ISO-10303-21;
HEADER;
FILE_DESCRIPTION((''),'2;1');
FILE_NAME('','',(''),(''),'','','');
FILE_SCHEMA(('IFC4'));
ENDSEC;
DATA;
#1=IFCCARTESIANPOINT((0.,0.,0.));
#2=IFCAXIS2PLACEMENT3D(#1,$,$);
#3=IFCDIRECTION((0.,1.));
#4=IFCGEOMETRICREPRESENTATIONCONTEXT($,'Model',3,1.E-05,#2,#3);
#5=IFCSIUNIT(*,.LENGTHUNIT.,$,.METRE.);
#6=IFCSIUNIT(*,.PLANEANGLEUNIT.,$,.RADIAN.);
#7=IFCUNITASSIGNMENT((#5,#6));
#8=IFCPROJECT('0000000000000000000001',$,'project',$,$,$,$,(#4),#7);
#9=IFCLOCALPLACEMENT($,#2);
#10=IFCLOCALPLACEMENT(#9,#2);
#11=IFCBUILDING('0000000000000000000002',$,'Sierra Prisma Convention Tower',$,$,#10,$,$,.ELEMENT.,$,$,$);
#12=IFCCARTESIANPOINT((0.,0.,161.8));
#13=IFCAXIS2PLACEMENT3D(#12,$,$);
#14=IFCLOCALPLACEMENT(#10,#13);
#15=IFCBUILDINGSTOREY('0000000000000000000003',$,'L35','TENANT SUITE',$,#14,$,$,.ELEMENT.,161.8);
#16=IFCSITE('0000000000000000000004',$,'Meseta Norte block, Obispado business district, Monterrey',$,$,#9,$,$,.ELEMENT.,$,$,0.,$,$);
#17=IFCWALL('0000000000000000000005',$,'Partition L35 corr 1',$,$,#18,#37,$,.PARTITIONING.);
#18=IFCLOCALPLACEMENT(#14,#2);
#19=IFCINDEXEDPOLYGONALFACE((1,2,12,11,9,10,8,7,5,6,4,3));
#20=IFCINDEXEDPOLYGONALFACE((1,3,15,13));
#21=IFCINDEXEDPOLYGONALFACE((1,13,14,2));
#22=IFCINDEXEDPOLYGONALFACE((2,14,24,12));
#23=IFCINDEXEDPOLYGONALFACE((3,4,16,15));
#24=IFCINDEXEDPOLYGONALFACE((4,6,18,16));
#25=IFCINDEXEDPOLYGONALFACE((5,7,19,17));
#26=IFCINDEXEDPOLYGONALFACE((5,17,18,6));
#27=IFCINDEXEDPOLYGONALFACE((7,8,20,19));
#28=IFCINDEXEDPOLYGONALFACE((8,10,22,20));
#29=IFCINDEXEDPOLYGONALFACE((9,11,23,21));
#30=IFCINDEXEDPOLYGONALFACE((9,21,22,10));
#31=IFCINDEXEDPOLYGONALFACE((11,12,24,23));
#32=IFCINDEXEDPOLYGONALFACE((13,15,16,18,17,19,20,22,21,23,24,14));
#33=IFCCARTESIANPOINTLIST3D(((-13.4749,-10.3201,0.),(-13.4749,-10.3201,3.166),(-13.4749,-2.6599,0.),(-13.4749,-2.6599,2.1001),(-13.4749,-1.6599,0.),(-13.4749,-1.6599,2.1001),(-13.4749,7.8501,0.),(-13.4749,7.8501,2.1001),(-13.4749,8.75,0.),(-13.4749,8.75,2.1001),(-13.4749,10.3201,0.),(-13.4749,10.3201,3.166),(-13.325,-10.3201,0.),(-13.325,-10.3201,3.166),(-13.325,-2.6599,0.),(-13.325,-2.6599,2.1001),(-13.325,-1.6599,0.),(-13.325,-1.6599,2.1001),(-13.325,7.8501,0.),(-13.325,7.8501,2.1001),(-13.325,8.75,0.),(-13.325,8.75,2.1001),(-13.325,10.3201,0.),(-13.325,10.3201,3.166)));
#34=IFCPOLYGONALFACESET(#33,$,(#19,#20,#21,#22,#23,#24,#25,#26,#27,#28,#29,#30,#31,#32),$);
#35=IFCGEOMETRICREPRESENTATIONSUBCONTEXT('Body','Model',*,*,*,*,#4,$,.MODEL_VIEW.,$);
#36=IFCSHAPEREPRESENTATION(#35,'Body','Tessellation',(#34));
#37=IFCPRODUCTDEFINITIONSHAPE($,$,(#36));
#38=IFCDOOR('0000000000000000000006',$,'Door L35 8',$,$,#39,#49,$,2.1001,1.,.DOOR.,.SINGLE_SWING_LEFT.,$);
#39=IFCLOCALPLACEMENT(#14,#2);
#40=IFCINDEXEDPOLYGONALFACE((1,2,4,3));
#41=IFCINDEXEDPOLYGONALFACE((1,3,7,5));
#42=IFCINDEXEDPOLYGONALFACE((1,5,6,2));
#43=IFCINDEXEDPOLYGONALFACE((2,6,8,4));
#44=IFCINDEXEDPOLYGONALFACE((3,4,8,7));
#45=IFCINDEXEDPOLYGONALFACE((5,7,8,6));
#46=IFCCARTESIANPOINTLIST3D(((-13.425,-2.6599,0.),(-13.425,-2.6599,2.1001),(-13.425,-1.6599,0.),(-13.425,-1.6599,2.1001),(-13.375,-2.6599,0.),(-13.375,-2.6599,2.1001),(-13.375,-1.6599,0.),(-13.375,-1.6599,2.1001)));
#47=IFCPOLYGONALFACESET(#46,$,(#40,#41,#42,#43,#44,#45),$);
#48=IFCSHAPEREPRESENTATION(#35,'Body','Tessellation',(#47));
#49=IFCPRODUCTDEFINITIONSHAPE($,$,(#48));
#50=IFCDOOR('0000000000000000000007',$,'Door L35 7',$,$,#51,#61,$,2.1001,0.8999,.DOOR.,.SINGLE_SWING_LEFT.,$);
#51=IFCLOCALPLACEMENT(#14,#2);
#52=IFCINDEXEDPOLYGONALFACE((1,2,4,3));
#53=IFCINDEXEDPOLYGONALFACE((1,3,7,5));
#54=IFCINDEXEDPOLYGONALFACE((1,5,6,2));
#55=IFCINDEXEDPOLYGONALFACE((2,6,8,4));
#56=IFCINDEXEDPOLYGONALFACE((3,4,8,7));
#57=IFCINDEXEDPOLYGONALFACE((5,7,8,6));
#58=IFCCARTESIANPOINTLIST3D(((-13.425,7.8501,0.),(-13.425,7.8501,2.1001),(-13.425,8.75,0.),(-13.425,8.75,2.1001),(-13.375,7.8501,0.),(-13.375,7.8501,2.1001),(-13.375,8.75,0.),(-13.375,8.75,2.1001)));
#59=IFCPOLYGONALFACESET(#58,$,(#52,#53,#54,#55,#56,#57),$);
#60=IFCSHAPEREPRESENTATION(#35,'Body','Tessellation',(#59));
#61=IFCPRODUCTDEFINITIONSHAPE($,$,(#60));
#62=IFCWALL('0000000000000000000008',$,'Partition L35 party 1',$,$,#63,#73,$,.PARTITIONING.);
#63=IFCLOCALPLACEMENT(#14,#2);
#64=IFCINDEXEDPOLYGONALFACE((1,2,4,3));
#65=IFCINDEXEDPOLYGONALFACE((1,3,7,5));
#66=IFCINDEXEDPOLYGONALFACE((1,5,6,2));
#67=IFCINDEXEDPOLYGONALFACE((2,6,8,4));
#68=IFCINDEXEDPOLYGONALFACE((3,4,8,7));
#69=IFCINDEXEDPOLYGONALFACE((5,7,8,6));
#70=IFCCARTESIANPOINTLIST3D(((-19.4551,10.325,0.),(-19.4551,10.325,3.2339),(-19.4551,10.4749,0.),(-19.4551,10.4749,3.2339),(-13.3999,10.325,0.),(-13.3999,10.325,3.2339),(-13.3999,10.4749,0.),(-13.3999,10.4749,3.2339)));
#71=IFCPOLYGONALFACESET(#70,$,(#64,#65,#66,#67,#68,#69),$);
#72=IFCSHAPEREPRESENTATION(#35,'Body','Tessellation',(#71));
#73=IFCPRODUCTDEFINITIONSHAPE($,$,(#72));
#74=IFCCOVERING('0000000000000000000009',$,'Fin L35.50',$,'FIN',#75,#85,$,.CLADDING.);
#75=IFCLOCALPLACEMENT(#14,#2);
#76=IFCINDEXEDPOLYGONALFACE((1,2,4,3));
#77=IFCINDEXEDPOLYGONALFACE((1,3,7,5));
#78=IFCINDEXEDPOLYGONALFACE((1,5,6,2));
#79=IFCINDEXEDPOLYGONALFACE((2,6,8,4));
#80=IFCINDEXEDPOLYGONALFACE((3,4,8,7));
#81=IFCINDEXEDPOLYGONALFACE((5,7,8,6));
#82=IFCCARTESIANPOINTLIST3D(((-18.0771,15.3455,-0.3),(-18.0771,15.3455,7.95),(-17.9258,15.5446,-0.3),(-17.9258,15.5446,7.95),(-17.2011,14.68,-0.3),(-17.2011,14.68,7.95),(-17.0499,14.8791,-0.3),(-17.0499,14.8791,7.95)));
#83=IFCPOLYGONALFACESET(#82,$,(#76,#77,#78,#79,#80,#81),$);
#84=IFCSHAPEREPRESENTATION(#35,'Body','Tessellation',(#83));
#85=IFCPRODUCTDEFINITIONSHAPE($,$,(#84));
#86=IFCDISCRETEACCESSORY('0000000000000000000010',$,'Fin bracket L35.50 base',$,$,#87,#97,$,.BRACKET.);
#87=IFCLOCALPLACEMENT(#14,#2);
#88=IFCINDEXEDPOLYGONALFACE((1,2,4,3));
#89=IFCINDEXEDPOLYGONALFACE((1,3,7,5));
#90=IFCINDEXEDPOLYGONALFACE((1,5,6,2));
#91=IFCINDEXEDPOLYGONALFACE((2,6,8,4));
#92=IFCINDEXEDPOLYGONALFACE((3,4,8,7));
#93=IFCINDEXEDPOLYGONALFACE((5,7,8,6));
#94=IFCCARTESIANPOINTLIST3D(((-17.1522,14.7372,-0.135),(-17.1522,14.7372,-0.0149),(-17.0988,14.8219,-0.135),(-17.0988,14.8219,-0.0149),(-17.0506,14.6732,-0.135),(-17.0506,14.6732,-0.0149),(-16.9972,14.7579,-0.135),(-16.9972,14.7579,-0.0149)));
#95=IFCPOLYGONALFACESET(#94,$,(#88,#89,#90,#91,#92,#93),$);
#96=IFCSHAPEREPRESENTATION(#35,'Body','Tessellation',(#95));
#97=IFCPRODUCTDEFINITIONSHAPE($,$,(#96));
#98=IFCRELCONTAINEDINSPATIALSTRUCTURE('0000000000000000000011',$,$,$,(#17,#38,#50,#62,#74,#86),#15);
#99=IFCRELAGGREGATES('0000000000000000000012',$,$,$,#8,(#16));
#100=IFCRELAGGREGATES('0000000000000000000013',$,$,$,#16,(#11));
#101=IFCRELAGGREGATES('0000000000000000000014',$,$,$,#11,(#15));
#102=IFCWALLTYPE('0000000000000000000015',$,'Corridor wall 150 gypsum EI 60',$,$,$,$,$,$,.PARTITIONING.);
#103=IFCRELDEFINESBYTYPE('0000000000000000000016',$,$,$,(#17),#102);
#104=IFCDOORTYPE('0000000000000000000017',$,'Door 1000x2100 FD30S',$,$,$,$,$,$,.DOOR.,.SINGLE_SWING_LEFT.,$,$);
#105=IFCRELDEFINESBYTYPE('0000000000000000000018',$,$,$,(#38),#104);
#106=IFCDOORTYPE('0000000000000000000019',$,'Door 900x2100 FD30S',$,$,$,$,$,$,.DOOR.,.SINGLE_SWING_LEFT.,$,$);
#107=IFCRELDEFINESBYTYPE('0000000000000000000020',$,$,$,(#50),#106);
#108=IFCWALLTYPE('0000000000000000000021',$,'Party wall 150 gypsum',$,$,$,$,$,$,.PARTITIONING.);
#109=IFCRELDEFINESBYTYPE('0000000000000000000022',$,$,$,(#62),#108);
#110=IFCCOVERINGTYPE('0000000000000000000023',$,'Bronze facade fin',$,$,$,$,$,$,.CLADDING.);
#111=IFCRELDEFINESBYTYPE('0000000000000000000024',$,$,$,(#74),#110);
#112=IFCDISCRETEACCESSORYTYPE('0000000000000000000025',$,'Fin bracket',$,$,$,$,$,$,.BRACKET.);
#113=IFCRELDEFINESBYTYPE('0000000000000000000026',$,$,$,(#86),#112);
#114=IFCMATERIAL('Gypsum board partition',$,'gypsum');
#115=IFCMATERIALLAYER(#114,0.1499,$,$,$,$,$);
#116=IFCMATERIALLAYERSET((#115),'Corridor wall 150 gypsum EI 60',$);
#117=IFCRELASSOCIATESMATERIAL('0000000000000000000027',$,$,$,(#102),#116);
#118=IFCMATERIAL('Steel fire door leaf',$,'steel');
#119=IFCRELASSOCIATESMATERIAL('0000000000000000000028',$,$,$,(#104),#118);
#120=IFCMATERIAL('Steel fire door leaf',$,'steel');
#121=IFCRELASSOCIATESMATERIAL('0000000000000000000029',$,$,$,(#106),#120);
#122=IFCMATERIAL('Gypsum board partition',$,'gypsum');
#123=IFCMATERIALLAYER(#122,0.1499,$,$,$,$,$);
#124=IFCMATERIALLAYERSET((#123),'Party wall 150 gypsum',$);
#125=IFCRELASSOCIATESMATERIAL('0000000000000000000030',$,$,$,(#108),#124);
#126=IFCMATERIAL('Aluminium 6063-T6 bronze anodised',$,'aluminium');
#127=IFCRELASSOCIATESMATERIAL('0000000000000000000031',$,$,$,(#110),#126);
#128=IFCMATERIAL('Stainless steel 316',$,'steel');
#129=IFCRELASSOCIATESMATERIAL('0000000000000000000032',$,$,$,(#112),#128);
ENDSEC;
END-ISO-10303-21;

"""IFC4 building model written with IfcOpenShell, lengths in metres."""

from ifc_helpers import new_model, si_unit, direction, frame, frame_2d, origin, origin_2d, place, context, subcontext, project, spatial, rectangle, extrude, material, layer, layer_set, material_profile, profile_set, type_object, element, fill, save


model = new_model("IFC4")

# Units and contexts
model_context = context("Model", 3, precision=1e-05, world=origin(), true_north=direction((0.0, 1.0)))
body_context = subcontext(model_context, "Body", "Model", "MODEL_VIEW")
ifc_project = project(units=[si_unit("LENGTHUNIT", "METRE"), si_unit("PLANEANGLEUNIT", "RADIAN")], contexts=[model_context])

# Site, building, storey
site_placement = place(None, origin())
site = spatial("IfcSite", under=ifc_project, at=site_placement, Name="Meseta Norte block, Obispado business district, Monterrey", CompositionType="ELEMENT", RefElevation=0.0)
building_placement = place(site_placement, origin())
building = spatial("IfcBuilding", under=site, at=building_placement, Name="Sierra Prisma Convention Tower", CompositionType="ELEMENT")
storey_placement = place(building_placement, frame((0.0, 0.0, 161.8)))
storey = spatial("IfcBuildingStorey", under=building, at=storey_placement, Name="L35", Description="TENANT SUITE", CompositionType="ELEMENT", Elevation=161.8)

# Wall, openings, doors
ifc_material_1 = material(Name="Gypsum board partition", Category="gypsum")
ifc_layer_1 = layer(ifc_material_1, 0.1499)
ifc_layer_set_1 = layer_set([ifc_layer_1], Name="Corridor wall 150 gypsum EI 60")
wall_type_1 = type_object("IfcWallType", Name="Corridor wall 150 gypsum EI 60", PredefinedType="PARTITIONING", material=ifc_layer_set_1)
wall_1_placement = place(storey_placement, frame((-13.3999, 10.3201, 0.0), z_axis=(0.0, 0.0, 1.0), x_axis=(0.0, -1.0, 0.0)))
wall_1 = element("IfcWall", 1, at=wall_1_placement, inside=storey, type_object=wall_type_1, Name="Partition L35 corr 1", PredefinedType="PARTITIONING", context=body_context, shape_type="SweptSolid", body=[
    extrude(rectangle(XDim=20.6401, YDim=0.1499, at=frame_2d((10.3201, 0.0))), origin(), (0.0, 0.0, 1.0), 3.166),
])
opening_1_placement = place(wall_1_placement, frame((1.5701, 0.0, 0.0)))
opening_1 = element("IfcOpeningElement", 2, at=opening_1_placement, cuts=wall_1, PredefinedType="OPENING", context=body_context, shape_type="SweptSolid", body=[
    extrude(rectangle(XDim=0.8999, YDim=2.1001, at=frame_2d((0.45, 1.05))), frame((0.0, 0.075, 0.0), z_axis=(0.0, -1.0, 0.0), x_axis=(1.0, 0.0, 0.0)), (0.0, 0.0, 1.0), 0.1499),
])
opening_2_placement = place(wall_1_placement, frame((11.98, 0.0, 0.0)))
opening_2 = element("IfcOpeningElement", 3, at=opening_2_placement, cuts=wall_1, PredefinedType="OPENING", context=body_context, shape_type="SweptSolid", body=[
    extrude(rectangle(XDim=1.0, YDim=2.1001, at=frame_2d((0.5, 1.05))), frame((0.0, 0.075, 0.0), z_axis=(0.0, -1.0, 0.0), x_axis=(1.0, 0.0, 0.0)), (0.0, 0.0, 1.0), 0.1499),
])
ifc_material_2 = material(Name="Steel fire door leaf", Category="steel")
door_type_1 = type_object("IfcDoorType", Name="Door 1000x2100 FD30S", OperationType="SINGLE_SWING_LEFT", PredefinedType="DOOR", material=ifc_material_2)
door_1_placement = place(opening_2_placement, origin())
door_1 = element("IfcDoor", 4, at=door_1_placement, inside=storey, type_object=door_type_1, Name="Door L35 8", OperationType="SINGLE_SWING_LEFT", OverallHeight=2.1001, OverallWidth=1.0, PredefinedType="DOOR", context=body_context, shape_type="SweptSolid", body=[
    extrude(rectangle(XDim=1.0, YDim=2.1001, at=frame_2d((0.5, 1.05))), frame((0.0, 0.0249, 0.0), z_axis=(0.0, -1.0, 0.0), x_axis=(1.0, 0.0, 0.0)), (0.0, 0.0, 1.0), 0.05),
])
fill(opening_2, door_1)
ifc_material_3 = material(Name="Steel fire door leaf", Category="steel")
door_type_2 = type_object("IfcDoorType", Name="Door 900x2100 FD30S", OperationType="SINGLE_SWING_LEFT", PredefinedType="DOOR", material=ifc_material_3)
door_2_placement = place(opening_1_placement, origin())
door_2 = element("IfcDoor", 5, at=door_2_placement, inside=storey, type_object=door_type_2, Name="Door L35 7", OperationType="SINGLE_SWING_LEFT", OverallHeight=2.1001, OverallWidth=0.8999, PredefinedType="DOOR", context=body_context, shape_type="SweptSolid", body=[
    extrude(rectangle(XDim=0.8999, YDim=2.1001, at=frame_2d((0.45, 1.05))), frame((0.0, 0.0249, 0.0), z_axis=(0.0, -1.0, 0.0), x_axis=(1.0, 0.0, 0.0)), (0.0, 0.0, 1.0), 0.05),
])
fill(opening_1, door_2)

# Wall
ifc_material_4 = material(Name="Gypsum board partition", Category="gypsum")
ifc_layer_2 = layer(ifc_material_4, 0.1499)
ifc_layer_set_2 = layer_set([ifc_layer_2], Name="Party wall 150 gypsum")
wall_type_2 = type_object("IfcWallType", Name="Party wall 150 gypsum", PredefinedType="PARTITIONING", material=ifc_layer_set_2)
wall_2_placement = place(storey_placement, frame((-13.3999, 10.3999, 0.0), z_axis=(0.0, 0.0, 1.0), x_axis=(-1.0, 0.0, 0.0)))
element("IfcWall", 6, at=wall_2_placement, inside=storey, type_object=wall_type_2, Name="Partition L35 party 1", PredefinedType="PARTITIONING", context=body_context, shape_type="SweptSolid", body=[
    extrude(rectangle(XDim=6.0552, YDim=0.1499, at=frame_2d((3.0276, 0.0))), origin(), (0.0, 0.0, 1.0), 3.2339),
])

# Covering
ifc_material_5 = material(Name="Aluminium 6063-T6 bronze anodised", Category="aluminium")
ifc_material_profile_1 = material_profile(ifc_material_5, rectangle(XDim=1.1001, YDim=0.25, at=origin_2d()), Name="ALU FIN 1100x250")
ifc_profile_set_1 = profile_set([ifc_material_profile_1], Name="Aluminium 6063-T6 bronze anodised")
covering_type = type_object("IfcCoveringType", Name="Bronze facade fin", PredefinedType="CLADDING", material=ifc_profile_set_1)
covering_placement = place(storey_placement, frame((-17.5635, 15.1123, -0.3), z_axis=(0.0, 0.0, 1.0), x_axis=(-0.796257, 0.604958, 0.0)))
element("IfcCovering", 7, at=covering_placement, inside=storey, type_object=covering_type, Name="Fin L35.50", ObjectType="FIN", PredefinedType="CLADDING", context=body_context, shape_type="SweptSolid", body=[
    extrude(rectangle(XDim=1.1001, YDim=0.25, at=origin_2d()), origin(), (0.0, 0.0, 1.0), 8.25),
])

# Discrete accessory
ifc_material_6 = material(Name="Stainless steel 316", Category="steel")
discrete_accessory_type = type_object("IfcDiscreteAccessoryType", Name="Fin bracket", PredefinedType="BRACKET", material=ifc_material_6)
discrete_accessory_placement = place(storey_placement, frame((-17.0747, 14.7476, -0.135), z_axis=(0.0, 0.0, 1.0), x_axis=(-0.845953, 0.533258, 0.0)))
element("IfcDiscreteAccessory", 8, at=discrete_accessory_placement, inside=storey, type_object=discrete_accessory_type, Name="Fin bracket L35.50 base", PredefinedType="BRACKET", context=body_context, shape_type="SweptSolid", body=[
    extrude(rectangle(XDim=0.1201, YDim=0.1001, at=origin_2d()), origin(), (0.0, 0.0, 1.0), 0.1201),
])

save(model, "model.ifc")
